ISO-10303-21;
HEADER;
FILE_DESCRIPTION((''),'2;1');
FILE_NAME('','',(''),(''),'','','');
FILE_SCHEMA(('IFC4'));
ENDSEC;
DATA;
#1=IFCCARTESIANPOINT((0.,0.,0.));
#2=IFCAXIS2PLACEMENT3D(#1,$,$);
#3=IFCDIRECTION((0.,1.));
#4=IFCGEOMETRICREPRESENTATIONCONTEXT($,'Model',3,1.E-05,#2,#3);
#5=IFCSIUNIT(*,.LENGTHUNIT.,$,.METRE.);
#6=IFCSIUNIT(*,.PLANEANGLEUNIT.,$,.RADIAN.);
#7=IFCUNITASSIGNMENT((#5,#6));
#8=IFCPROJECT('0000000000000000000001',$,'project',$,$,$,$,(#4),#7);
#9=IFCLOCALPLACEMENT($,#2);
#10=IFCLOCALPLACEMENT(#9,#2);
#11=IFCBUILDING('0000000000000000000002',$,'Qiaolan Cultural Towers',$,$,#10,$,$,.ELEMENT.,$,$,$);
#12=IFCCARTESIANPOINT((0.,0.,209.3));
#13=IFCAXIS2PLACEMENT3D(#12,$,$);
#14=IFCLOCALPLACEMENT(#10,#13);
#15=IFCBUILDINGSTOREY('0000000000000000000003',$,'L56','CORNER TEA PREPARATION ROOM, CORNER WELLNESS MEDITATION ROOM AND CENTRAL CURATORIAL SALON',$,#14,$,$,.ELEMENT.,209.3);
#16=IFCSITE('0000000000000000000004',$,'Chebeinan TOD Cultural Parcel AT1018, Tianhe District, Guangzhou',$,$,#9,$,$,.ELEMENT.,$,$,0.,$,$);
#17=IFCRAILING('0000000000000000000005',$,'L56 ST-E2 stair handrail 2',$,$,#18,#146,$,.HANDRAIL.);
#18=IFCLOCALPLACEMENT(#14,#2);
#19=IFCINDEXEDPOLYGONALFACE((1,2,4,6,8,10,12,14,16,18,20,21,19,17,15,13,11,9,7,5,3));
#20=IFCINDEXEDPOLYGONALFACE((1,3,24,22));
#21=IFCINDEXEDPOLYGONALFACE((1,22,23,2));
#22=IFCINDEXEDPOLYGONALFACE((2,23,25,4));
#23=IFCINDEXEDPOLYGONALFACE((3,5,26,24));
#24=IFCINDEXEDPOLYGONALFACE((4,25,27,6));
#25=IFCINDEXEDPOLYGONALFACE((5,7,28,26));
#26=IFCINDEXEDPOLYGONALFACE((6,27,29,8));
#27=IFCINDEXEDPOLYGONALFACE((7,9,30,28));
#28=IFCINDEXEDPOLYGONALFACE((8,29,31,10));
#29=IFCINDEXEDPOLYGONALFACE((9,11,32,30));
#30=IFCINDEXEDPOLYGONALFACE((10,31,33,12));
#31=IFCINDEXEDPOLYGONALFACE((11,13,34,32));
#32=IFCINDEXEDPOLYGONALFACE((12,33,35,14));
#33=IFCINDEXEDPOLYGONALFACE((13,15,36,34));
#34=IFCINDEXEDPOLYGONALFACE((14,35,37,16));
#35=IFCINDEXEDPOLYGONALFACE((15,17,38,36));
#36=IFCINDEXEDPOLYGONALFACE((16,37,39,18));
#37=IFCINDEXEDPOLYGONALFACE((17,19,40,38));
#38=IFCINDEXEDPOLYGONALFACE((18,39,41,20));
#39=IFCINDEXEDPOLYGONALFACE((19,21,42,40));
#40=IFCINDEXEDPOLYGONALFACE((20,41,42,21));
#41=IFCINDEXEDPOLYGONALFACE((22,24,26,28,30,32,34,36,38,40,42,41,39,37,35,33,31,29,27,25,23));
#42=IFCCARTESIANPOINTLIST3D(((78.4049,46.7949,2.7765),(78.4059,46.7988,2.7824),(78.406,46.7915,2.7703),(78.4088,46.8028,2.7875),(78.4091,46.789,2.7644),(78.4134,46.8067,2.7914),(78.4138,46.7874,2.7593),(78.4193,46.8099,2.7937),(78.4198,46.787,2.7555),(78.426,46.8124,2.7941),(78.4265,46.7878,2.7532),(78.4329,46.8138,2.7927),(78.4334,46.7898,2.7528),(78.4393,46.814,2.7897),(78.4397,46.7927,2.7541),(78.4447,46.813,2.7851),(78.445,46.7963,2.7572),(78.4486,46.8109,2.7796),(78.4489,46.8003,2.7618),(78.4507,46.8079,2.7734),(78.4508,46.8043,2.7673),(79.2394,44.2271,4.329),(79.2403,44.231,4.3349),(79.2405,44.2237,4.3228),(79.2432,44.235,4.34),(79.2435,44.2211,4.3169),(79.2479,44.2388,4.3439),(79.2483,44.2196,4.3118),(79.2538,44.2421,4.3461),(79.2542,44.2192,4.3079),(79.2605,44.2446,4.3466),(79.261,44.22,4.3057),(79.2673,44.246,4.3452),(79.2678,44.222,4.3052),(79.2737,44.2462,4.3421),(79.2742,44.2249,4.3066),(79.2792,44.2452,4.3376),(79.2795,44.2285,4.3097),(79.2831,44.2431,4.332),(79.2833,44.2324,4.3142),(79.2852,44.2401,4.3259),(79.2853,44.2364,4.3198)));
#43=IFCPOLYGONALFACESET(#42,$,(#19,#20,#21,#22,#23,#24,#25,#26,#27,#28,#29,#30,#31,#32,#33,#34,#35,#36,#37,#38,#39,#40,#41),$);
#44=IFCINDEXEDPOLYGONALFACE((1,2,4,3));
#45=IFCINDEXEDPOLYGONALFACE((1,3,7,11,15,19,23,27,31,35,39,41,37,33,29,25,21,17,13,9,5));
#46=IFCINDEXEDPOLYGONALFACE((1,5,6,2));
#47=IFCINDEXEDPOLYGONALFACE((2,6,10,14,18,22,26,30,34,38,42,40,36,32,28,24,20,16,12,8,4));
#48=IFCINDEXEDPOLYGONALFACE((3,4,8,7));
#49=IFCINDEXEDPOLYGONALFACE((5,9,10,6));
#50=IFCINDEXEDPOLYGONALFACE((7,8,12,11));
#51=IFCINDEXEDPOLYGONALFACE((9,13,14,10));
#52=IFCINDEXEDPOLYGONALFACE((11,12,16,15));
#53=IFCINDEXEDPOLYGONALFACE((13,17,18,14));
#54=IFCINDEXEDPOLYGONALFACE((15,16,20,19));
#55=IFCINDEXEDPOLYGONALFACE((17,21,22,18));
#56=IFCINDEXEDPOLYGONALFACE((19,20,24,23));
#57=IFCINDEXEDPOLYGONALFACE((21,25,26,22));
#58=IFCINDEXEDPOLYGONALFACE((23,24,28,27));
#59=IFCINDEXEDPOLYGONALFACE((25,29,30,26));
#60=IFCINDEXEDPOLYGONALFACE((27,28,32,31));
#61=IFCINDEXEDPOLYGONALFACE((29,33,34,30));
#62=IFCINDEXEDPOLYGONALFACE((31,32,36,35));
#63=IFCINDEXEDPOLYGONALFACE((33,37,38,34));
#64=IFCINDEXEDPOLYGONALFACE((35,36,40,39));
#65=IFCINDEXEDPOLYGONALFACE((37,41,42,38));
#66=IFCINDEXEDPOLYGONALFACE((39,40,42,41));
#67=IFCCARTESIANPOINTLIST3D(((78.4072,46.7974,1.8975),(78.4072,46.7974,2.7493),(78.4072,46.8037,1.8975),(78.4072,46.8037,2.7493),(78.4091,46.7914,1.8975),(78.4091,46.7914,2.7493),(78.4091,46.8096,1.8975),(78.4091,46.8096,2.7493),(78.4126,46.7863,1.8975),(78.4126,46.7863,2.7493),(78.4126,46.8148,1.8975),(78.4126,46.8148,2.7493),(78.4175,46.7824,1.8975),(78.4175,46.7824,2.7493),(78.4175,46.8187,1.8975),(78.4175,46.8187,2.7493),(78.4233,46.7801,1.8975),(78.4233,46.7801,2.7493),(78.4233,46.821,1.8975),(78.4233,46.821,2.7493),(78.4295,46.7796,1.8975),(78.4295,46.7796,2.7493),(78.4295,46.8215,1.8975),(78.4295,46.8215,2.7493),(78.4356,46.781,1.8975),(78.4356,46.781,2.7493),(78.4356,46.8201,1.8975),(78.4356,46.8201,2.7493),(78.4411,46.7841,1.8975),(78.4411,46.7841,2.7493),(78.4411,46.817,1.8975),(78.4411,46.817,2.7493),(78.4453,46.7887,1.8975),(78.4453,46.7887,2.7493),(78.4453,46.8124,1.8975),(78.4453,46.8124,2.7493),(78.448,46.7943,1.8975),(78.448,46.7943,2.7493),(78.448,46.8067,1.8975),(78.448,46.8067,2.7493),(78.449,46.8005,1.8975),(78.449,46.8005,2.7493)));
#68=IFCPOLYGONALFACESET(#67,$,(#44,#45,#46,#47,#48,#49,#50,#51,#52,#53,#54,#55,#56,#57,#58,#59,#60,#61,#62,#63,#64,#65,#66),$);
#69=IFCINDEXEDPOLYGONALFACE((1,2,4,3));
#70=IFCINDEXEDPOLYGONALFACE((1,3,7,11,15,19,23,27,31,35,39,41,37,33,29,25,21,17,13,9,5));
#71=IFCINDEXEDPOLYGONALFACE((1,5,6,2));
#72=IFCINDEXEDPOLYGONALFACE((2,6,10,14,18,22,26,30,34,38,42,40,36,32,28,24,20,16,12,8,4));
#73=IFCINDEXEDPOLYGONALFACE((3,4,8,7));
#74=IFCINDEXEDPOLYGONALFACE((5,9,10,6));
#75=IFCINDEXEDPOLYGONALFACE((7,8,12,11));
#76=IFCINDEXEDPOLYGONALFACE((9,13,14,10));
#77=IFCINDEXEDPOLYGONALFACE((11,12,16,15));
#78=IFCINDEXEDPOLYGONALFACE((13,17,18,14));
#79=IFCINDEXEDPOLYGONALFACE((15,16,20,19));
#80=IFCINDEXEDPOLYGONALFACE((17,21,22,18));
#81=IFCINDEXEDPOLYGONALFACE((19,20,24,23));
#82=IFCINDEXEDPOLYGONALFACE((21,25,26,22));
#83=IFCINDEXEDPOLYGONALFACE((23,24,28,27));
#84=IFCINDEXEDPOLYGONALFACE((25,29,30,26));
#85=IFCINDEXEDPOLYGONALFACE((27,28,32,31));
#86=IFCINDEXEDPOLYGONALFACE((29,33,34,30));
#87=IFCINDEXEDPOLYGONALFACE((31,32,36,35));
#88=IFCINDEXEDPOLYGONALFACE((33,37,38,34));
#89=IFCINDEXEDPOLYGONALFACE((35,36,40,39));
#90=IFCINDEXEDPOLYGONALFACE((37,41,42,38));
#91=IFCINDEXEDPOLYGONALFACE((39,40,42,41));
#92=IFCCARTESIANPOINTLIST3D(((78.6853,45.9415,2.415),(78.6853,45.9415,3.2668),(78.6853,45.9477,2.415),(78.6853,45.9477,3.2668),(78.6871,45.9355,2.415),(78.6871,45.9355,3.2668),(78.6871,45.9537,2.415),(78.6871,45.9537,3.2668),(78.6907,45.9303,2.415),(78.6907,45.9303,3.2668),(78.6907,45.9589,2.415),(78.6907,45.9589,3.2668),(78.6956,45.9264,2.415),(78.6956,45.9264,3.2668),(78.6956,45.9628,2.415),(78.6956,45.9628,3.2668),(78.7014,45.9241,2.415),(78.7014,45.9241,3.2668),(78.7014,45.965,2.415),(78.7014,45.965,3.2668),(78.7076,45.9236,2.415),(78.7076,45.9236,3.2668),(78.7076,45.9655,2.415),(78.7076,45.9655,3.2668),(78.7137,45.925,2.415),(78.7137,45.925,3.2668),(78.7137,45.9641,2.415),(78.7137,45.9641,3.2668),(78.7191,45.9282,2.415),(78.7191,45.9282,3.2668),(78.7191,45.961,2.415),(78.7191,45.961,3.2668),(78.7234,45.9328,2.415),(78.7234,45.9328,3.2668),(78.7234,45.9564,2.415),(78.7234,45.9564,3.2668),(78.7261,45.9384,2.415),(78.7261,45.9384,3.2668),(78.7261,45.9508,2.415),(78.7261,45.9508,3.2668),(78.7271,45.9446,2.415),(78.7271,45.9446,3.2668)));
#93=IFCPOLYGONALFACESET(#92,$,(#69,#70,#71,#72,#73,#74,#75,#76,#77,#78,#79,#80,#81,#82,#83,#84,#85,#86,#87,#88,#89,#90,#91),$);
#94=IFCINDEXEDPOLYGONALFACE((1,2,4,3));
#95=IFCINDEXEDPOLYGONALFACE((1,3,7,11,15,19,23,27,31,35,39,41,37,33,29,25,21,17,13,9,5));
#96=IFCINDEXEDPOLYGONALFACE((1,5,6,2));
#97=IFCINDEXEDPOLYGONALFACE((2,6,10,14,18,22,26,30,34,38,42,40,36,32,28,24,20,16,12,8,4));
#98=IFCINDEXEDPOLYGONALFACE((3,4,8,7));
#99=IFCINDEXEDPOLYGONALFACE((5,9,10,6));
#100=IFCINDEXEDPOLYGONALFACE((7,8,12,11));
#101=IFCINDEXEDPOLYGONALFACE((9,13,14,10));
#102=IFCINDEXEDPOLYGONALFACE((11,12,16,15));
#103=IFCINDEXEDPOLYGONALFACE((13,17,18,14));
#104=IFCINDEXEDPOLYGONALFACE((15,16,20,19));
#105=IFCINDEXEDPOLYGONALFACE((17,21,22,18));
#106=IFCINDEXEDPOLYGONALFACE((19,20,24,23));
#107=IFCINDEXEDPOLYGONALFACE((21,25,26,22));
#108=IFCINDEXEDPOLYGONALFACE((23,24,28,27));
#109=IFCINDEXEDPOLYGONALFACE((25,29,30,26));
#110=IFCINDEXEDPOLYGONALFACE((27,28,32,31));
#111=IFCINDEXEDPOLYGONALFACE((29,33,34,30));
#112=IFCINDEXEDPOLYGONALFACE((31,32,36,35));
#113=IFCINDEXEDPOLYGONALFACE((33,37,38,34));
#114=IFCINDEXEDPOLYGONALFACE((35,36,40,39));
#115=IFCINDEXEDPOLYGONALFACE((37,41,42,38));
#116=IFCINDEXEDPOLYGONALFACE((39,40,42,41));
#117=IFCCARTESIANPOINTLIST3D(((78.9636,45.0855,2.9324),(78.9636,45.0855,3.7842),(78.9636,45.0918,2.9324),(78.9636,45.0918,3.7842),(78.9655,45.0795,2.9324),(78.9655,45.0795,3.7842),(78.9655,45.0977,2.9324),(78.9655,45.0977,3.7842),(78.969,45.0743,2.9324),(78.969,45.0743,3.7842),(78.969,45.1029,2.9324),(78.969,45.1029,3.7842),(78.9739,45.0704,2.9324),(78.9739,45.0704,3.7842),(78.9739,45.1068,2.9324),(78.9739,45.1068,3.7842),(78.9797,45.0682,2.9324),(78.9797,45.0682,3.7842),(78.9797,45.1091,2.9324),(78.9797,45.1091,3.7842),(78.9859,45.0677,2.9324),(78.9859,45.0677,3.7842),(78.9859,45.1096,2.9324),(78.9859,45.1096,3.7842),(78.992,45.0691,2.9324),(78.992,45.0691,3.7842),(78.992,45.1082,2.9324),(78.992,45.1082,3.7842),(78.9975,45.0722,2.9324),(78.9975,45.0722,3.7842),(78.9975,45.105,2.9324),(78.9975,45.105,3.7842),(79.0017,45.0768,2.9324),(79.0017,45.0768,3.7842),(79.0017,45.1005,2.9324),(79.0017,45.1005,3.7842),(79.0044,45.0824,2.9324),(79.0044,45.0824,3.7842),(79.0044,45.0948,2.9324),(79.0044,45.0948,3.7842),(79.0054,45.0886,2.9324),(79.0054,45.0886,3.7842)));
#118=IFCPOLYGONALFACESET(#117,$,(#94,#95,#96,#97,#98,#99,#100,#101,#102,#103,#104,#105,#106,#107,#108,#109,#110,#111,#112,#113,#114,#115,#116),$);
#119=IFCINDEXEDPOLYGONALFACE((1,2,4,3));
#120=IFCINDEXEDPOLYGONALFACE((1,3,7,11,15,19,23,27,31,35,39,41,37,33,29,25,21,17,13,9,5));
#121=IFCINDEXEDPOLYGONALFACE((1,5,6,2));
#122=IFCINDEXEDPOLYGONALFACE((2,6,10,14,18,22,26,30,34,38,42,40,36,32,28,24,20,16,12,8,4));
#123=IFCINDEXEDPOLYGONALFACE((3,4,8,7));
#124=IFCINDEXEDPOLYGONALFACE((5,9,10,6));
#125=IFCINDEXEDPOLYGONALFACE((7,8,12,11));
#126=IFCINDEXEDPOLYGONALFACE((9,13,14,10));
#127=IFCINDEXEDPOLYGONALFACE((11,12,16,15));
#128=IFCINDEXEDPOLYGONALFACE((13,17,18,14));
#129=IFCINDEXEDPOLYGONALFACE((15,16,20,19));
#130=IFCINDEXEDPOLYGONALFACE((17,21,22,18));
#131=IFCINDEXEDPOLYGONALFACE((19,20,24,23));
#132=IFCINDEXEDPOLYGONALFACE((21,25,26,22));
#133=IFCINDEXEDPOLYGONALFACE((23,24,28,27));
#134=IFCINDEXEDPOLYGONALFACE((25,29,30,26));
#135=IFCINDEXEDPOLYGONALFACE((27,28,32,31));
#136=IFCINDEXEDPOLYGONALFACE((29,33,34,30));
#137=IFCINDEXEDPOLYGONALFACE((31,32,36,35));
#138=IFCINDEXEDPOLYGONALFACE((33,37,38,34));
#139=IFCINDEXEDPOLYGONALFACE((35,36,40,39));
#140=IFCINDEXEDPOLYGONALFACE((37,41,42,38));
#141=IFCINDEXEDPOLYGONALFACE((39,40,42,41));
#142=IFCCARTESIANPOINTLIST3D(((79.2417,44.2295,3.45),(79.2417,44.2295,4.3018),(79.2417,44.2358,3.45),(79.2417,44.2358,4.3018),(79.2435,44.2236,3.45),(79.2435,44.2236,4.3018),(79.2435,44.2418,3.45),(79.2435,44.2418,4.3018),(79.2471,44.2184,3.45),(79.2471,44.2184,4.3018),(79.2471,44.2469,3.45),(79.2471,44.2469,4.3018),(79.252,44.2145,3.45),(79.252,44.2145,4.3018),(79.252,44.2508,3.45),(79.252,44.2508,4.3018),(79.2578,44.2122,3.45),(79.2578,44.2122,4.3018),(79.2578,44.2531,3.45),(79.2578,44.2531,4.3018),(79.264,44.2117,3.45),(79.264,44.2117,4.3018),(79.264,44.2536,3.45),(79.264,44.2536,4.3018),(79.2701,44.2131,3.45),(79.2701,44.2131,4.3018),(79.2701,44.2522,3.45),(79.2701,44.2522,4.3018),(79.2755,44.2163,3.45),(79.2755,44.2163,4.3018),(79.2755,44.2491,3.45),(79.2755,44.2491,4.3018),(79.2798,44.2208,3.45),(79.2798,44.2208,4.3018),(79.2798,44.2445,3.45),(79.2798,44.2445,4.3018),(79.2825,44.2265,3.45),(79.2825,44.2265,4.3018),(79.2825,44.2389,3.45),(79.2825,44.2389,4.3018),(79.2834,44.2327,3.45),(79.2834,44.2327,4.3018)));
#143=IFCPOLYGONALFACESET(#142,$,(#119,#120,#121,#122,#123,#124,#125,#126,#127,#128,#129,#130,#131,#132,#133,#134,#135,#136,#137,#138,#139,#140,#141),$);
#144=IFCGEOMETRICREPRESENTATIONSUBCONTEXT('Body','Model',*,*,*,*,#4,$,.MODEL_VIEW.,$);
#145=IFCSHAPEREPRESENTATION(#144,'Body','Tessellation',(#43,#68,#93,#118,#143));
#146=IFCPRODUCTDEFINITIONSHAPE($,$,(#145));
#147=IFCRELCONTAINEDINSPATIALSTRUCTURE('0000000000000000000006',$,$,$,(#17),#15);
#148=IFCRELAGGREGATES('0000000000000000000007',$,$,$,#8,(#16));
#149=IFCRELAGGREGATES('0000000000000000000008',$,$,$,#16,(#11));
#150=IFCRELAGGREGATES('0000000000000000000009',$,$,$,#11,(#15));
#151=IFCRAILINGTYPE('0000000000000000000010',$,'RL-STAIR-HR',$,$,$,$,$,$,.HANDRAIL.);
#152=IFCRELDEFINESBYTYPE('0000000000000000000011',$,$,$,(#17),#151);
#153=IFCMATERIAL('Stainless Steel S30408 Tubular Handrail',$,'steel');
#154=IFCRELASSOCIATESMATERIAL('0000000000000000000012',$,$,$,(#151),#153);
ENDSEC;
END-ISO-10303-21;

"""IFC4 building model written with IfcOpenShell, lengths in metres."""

from ifc_helpers import new_model, si_unit, direction, frame, origin, origin_2d, place, context, subcontext, project, spatial, circle, extrude, material, type_object, element, save


model = new_model("IFC4")

# Units and contexts
model_context = context("Model", 3, precision=1e-05, world=origin(), true_north=direction((0.0, 1.0)))
body_context = subcontext(model_context, "Body", "Model", "MODEL_VIEW")
ifc_project = project(units=[si_unit("LENGTHUNIT", "METRE"), si_unit("PLANEANGLEUNIT", "RADIAN")], contexts=[model_context])

# Site, building, storey
site_placement = place(None, origin())
site = spatial("IfcSite", under=ifc_project, at=site_placement, Name="Chebeinan TOD Cultural Parcel AT1018, Tianhe District, Guangzhou", CompositionType="ELEMENT", RefElevation=0.0)
building_placement = place(site_placement, origin())
building = spatial("IfcBuilding", under=site, at=building_placement, Name="Qiaolan Cultural Towers", CompositionType="ELEMENT")
storey_placement = place(building_placement, frame((0.0, 0.0, 209.3)))
storey = spatial("IfcBuildingStorey", under=building, at=storey_placement, Name="L56", Description="CORNER TEA PREPARATION ROOM, CORNER WELLNESS MEDITATION ROOM AND CENTRAL CURATORIAL SALON", CompositionType="ELEMENT", Elevation=209.3)

# Railing
ifc_material_1 = material(Name="Stainless Steel S30408 Tubular Handrail", Category="steel")
railing_type_1 = type_object("IfcRailingType", Name="RL-STAIR-HR", PredefinedType="HANDRAIL", material=ifc_material_1)
railing_1_placement = place(storey_placement, frame((78.428, 46.8005, 1.8975)))
element("IfcRailing", 1, at=railing_1_placement, inside=storey, type_object=railing_type_1, Name="L56 ST-E2 stair handrail 2", PredefinedType="HANDRAIL", context=body_context, shape_type="SweptSolid", body=[
    extrude(circle(Radius=0.0239, at=origin_2d()), frame((0.0, 0.0, 0.876), z_axis=(0.267926, -0.824471, 0.498461), x_axis=(0.951043, 0.309057, 0.0)), (0.0, 0.0, 1.0), 3.1145),
    extrude(circle(Radius=0.021, at=origin_2d()), origin(), (0.0, 0.0, 1.0), 0.8518),
    extrude(circle(Radius=0.021, at=origin_2d()), frame((0.2781, -0.856, 0.5176)), (0.0, 0.0, 1.0), 0.8518),
    extrude(circle(Radius=0.021, at=origin_2d()), frame((0.5564, -1.7119, 1.0349)), (0.0, 0.0, 1.0), 0.8518),
    extrude(circle(Radius=0.021, at=origin_2d()), frame((0.8345, -2.5679, 1.5525)), (0.0, 0.0, 1.0), 0.8518),
])

save(model, "model.ifc")
